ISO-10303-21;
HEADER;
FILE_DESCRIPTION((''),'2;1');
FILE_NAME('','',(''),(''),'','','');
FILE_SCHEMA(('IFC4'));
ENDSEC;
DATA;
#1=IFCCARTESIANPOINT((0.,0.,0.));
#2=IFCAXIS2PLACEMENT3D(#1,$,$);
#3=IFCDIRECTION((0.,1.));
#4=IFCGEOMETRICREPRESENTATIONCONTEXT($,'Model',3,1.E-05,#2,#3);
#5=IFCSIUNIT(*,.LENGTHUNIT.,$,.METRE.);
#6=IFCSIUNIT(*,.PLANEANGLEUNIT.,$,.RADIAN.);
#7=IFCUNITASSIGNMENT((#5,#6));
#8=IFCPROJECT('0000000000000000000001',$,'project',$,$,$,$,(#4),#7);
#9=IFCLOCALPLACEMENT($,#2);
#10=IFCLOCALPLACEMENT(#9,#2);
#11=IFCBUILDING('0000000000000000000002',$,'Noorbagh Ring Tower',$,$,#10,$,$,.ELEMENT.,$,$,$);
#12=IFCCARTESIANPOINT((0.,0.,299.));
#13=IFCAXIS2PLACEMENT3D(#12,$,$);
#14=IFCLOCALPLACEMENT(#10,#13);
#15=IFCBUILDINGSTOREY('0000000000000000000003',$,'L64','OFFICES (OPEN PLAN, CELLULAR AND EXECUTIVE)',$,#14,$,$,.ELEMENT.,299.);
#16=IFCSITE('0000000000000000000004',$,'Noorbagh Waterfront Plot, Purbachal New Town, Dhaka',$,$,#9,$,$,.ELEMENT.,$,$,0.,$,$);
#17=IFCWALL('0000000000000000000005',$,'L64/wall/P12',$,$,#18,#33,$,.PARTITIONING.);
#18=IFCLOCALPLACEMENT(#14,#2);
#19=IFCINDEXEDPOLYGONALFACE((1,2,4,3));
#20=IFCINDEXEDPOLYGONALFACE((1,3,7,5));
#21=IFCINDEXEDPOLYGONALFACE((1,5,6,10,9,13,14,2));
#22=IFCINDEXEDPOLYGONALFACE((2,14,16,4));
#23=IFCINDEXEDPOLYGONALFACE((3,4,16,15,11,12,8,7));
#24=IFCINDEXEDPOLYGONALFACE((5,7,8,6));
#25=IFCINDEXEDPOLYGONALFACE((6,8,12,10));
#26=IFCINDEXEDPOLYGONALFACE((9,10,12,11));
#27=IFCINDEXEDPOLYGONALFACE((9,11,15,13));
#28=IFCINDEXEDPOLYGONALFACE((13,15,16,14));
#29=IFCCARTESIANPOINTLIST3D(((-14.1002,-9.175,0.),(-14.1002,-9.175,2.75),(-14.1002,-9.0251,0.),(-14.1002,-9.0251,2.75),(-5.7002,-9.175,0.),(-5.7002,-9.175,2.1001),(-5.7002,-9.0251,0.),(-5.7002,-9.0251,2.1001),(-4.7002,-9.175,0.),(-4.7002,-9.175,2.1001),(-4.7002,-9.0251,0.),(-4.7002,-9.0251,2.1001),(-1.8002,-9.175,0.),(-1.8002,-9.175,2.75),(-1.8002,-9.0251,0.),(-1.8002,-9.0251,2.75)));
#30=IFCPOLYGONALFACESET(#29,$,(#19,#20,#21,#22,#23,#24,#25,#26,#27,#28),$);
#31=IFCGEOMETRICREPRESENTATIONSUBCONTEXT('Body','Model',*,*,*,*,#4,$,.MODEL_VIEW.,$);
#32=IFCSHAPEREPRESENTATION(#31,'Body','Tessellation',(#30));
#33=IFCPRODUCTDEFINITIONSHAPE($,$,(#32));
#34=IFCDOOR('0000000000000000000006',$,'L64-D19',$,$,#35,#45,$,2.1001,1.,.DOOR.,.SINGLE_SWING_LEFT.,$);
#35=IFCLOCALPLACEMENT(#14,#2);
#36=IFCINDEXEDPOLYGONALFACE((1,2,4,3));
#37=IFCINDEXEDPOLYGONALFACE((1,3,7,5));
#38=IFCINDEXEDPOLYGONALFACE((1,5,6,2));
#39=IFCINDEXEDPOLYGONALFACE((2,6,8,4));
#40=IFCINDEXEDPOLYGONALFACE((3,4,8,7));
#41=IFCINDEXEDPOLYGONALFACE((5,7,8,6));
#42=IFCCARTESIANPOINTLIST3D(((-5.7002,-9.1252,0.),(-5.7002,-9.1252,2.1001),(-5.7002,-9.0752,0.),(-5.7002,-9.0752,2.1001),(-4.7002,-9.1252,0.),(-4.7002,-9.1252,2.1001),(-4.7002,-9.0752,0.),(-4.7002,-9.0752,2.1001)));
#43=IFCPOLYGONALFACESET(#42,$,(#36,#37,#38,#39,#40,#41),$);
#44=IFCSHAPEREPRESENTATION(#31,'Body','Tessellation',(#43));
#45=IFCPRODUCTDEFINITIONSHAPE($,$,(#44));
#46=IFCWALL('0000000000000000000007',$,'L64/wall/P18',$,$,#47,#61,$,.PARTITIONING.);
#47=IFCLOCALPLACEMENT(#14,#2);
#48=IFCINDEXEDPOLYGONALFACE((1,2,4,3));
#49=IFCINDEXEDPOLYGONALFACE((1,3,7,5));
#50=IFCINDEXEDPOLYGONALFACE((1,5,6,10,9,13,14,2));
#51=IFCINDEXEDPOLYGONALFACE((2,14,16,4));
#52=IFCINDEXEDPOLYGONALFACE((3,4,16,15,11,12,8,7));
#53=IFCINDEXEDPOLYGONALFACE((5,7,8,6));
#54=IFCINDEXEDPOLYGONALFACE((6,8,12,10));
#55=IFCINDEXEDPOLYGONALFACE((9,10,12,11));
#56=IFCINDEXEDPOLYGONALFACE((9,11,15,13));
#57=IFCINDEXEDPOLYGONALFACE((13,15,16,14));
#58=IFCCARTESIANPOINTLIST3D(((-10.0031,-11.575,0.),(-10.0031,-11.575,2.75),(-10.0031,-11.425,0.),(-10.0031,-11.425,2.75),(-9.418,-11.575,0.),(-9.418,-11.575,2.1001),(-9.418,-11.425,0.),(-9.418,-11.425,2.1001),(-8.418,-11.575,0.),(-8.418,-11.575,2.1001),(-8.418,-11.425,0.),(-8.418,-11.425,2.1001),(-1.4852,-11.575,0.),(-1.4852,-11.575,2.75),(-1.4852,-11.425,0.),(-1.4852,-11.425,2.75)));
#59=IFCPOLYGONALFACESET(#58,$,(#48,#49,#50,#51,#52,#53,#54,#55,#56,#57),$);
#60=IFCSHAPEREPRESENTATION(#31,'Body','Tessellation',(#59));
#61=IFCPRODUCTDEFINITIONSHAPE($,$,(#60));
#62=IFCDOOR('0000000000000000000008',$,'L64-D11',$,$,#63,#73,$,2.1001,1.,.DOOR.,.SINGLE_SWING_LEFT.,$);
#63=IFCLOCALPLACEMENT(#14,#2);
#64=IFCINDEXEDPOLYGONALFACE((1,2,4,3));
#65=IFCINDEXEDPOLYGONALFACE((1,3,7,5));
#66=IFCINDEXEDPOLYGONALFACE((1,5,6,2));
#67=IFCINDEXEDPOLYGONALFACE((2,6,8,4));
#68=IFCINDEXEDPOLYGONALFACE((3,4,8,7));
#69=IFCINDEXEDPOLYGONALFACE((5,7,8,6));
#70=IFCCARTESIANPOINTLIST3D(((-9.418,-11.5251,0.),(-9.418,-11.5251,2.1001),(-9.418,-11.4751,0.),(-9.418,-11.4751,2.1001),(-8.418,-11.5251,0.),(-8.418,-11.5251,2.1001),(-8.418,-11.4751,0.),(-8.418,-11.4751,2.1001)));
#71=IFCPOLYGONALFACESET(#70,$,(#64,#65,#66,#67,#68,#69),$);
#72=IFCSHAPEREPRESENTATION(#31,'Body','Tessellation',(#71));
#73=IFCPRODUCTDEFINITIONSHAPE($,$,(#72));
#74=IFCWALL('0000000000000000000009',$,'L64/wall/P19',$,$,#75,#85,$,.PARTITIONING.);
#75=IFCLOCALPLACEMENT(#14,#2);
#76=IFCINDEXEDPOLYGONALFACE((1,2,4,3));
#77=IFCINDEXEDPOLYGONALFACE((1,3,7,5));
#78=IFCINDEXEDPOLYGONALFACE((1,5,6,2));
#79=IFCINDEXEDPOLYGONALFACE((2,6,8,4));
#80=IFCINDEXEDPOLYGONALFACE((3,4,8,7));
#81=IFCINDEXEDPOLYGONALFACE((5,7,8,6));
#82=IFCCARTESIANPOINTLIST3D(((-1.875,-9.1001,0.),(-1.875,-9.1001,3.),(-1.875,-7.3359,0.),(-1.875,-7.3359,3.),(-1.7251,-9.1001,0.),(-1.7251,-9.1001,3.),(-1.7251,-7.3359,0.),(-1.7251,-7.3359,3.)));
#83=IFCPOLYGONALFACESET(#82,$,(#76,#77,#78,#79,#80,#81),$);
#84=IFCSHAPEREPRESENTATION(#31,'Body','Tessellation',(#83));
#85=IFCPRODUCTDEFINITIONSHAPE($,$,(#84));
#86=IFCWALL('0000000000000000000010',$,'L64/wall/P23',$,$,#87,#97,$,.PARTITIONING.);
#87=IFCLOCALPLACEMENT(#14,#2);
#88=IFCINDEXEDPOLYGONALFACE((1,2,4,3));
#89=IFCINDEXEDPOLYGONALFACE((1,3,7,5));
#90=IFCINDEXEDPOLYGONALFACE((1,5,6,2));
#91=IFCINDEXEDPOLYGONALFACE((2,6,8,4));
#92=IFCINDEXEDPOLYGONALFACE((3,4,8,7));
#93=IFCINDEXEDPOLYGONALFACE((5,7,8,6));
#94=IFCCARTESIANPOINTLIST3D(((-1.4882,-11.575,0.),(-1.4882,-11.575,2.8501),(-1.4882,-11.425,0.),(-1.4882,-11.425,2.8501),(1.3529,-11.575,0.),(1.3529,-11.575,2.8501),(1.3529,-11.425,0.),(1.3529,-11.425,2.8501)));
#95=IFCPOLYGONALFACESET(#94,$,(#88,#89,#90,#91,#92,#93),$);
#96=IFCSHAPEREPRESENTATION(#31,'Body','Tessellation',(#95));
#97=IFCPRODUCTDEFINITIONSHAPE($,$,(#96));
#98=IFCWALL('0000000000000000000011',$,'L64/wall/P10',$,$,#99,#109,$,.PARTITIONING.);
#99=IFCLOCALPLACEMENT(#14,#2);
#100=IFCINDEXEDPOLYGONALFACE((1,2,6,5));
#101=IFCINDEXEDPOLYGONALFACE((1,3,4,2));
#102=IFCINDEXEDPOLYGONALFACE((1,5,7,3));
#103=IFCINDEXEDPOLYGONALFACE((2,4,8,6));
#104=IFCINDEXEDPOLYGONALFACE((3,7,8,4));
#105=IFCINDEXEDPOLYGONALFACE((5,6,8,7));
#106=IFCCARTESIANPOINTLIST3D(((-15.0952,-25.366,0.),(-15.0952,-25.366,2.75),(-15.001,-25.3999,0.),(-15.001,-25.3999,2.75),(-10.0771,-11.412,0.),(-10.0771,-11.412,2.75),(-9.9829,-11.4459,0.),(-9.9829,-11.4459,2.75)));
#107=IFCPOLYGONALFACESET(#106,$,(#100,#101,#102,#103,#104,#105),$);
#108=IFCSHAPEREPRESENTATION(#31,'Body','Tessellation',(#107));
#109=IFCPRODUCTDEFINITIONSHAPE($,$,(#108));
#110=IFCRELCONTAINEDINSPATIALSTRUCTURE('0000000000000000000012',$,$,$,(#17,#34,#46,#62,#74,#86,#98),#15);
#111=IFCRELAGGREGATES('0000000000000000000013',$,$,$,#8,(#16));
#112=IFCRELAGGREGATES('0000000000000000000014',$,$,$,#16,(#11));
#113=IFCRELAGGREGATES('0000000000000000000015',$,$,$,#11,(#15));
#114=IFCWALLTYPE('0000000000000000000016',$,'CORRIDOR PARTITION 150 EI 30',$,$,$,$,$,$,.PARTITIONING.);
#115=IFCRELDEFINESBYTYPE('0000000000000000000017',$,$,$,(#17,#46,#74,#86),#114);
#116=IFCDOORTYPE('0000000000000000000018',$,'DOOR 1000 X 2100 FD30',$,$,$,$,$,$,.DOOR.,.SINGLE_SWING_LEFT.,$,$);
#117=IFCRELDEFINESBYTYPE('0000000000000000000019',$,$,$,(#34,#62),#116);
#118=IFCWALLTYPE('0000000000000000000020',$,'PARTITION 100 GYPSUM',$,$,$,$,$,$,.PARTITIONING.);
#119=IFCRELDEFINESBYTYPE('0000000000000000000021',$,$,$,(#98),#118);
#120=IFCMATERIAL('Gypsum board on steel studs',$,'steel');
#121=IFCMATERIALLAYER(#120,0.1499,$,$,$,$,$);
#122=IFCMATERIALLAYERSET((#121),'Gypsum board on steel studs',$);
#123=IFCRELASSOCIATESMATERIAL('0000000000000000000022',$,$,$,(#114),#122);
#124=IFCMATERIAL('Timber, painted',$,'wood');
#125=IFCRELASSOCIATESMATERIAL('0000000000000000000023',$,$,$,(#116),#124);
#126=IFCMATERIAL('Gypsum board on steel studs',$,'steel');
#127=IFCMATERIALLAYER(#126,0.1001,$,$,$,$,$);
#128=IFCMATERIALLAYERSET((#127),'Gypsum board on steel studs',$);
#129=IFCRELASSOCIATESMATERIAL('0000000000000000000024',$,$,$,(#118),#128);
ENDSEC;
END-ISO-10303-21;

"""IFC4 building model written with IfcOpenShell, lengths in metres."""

from ifc_helpers import new_model, si_unit, direction, frame, frame_2d, origin, place, context, subcontext, project, spatial, rectangle, extrude, material, layer, layer_set, type_object, element, fill, save


model = new_model("IFC4")

# Units and contexts
model_context = context("Model", 3, precision=1e-05, world=origin(), true_north=direction((0.0, 1.0)))
body_context = subcontext(model_context, "Body", "Model", "MODEL_VIEW")
ifc_project = project(units=[si_unit("LENGTHUNIT", "METRE"), si_unit("PLANEANGLEUNIT", "RADIAN")], contexts=[model_context])

# Site, building, storey
site_placement = place(None, origin())
site = spatial("IfcSite", under=ifc_project, at=site_placement, Name="Noorbagh Waterfront Plot, Purbachal New Town, Dhaka", CompositionType="ELEMENT", RefElevation=0.0)
building_placement = place(site_placement, origin())
building = spatial("IfcBuilding", under=site, at=building_placement, Name="Noorbagh Ring Tower", CompositionType="ELEMENT")
storey_placement = place(building_placement, frame((0.0, 0.0, 299.0)))
storey = spatial("IfcBuildingStorey", under=building, at=storey_placement, Name="L64", Description="OFFICES (OPEN PLAN, CELLULAR AND EXECUTIVE)", CompositionType="ELEMENT", Elevation=299.0)

# Shared definitions
ifc_material_1 = material(Name="Gypsum board on steel studs", Category="steel")
ifc_layer_1 = layer(ifc_material_1, 0.1499)
ifc_layer_set_1 = layer_set([ifc_layer_1], Name="Gypsum board on steel studs")
wall_type_1 = type_object("IfcWallType", Name="CORRIDOR PARTITION 150 EI 30", PredefinedType="PARTITIONING", material=ifc_layer_set_1)

# Walls, openings, doors
wall_1_placement = place(storey_placement, frame((-14.1001, -9.1001, 0.0), z_axis=(0.0, 0.0, 1.0), x_axis=(1.0, 0.0, 0.0)))
wall_1 = element("IfcWall", 1, at=wall_1_placement, inside=storey, type_object=wall_type_1, Name="L64/wall/P12", PredefinedType="PARTITIONING", context=body_context, shape_type="SweptSolid", body=[
    extrude(rectangle(XDim=12.3, YDim=0.1499, at=frame_2d((6.1499, 0.0))), origin(), (0.0, 0.0, 1.0), 2.75),
])
opening_1_placement = place(wall_1_placement, frame((8.3999, 0.0, 0.0)))
opening_1 = element("IfcOpeningElement", 2, at=opening_1_placement, cuts=wall_1, PredefinedType="OPENING", context=body_context, shape_type="SweptSolid", body=[
    extrude(rectangle(XDim=1.0, YDim=2.1001, at=frame_2d((0.5, 1.05))), frame((0.0, 0.085, 0.0), z_axis=(0.0, -1.0, 0.0), x_axis=(1.0, 0.0, 0.0)), (0.0, 0.0, 1.0), 0.1699),
])
ifc_material_2 = material(Name="Timber, painted", Category="wood")
door_type = type_object("IfcDoorType", Name="DOOR 1000 X 2100 FD30", OperationType="SINGLE_SWING_LEFT", PredefinedType="DOOR", material=ifc_material_2)
door_1_placement = place(opening_1_placement, origin())
door_1 = element("IfcDoor", 3, at=door_1_placement, inside=storey, type_object=door_type, Name="L64-D19", OperationType="SINGLE_SWING_LEFT", OverallHeight=2.1001, OverallWidth=1.0, PredefinedType="DOOR", context=body_context, shape_type="SweptSolid", body=[
    extrude(rectangle(XDim=1.0, YDim=2.1001, at=frame_2d((0.5, 1.05))), frame((0.0, 0.0249, 0.0), z_axis=(0.0, -1.0, 0.0), x_axis=(1.0, 0.0, 0.0)), (0.0, 0.0, 1.0), 0.05),
])
fill(opening_1, door_1)
wall_2_placement = place(storey_placement, frame((-10.0029, -11.5, 0.0), z_axis=(0.0, 0.0, 1.0), x_axis=(1.0, 0.0, 0.0)))
wall_2 = element("IfcWall", 4, at=wall_2_placement, inside=storey, type_object=wall_type_1, Name="L64/wall/P18", PredefinedType="PARTITIONING", context=body_context, shape_type="SweptSolid", body=[
    extrude(rectangle(XDim=8.5178, YDim=0.1499, at=frame_2d((4.2588, 0.0))), origin(), (0.0, 0.0, 1.0), 2.75),
])
opening_2_placement = place(wall_2_placement, frame((0.585, 0.0, 0.0)))
opening_2 = element("IfcOpeningElement", 5, at=opening_2_placement, cuts=wall_2, PredefinedType="OPENING", context=body_context, shape_type="SweptSolid", body=[
    extrude(rectangle(XDim=1.0, YDim=2.1001, at=frame_2d((0.5, 1.05))), frame((0.0, 0.085, 0.0), z_axis=(0.0, -1.0, 0.0), x_axis=(1.0, 0.0, 0.0)), (0.0, 0.0, 1.0), 0.1699),
])
door_2_placement = place(opening_2_placement, origin())
door_2 = element("IfcDoor", 6, at=door_2_placement, inside=storey, type_object=door_type, Name="L64-D11", OperationType="SINGLE_SWING_LEFT", OverallHeight=2.1001, OverallWidth=1.0, PredefinedType="DOOR", context=body_context, shape_type="SweptSolid", body=[
    extrude(rectangle(XDim=1.0, YDim=2.1001, at=frame_2d((0.5, 1.05))), frame((0.0, 0.0249, 0.0), z_axis=(0.0, -1.0, 0.0), x_axis=(1.0, 0.0, 0.0)), (0.0, 0.0, 1.0), 0.05),
])
fill(opening_2, door_2)

# Walls
wall_3_placement = place(storey_placement, frame((-1.8, -9.1001, 0.0), z_axis=(0.0, 0.0, 1.0), x_axis=(0.0, 1.0, 0.0)))
element("IfcWall", 7, at=wall_3_placement, inside=storey, type_object=wall_type_1, Name="L64/wall/P19", PredefinedType="PARTITIONING", context=body_context, shape_type="SweptSolid", body=[
    extrude(rectangle(XDim=1.7642, YDim=0.1499, at=frame_2d((0.8821, 0.0))), origin(), (0.0, 0.0, 1.0), 3.0),
])
wall_4_placement = place(storey_placement, frame((-1.488, -11.5, 0.0), z_axis=(0.0, 0.0, 1.0), x_axis=(1.0, 0.0, 0.0)))
element("IfcWall", 8, at=wall_4_placement, inside=storey, type_object=wall_type_1, Name="L64/wall/P23", PredefinedType="PARTITIONING", context=body_context, shape_type="SweptSolid", body=[
    extrude(rectangle(XDim=2.8411, YDim=0.1499, at=frame_2d((1.4204, 0.0))), origin(), (0.0, 0.0, 1.0), 2.8501),
])
ifc_material_3 = material(Name="Gypsum board on steel studs", Category="steel")
ifc_layer_2 = layer(ifc_material_3, 0.1001)
ifc_layer_set_2 = layer_set([ifc_layer_2], Name="Gypsum board on steel studs")
wall_type_2 = type_object("IfcWallType", Name="PARTITION 100 GYPSUM", PredefinedType="PARTITIONING", material=ifc_layer_set_2)
wall_5_placement = place(storey_placement, frame((-15.0481, -25.3831, 0.0), z_axis=(0.0, 0.0, 1.0), x_axis=(0.338396, 0.941004, 0.0)))
element("IfcWall", 9, at=wall_5_placement, inside=storey, type_object=wall_type_2, Name="L64/wall/P10", PredefinedType="PARTITIONING", context=body_context, shape_type="SweptSolid", body=[
    extrude(rectangle(XDim=14.8289, YDim=0.1001, at=frame_2d((7.4146, 0.0))), origin(), (0.0, 0.0, 1.0), 2.75),
])

save(model, "model.ifc")
